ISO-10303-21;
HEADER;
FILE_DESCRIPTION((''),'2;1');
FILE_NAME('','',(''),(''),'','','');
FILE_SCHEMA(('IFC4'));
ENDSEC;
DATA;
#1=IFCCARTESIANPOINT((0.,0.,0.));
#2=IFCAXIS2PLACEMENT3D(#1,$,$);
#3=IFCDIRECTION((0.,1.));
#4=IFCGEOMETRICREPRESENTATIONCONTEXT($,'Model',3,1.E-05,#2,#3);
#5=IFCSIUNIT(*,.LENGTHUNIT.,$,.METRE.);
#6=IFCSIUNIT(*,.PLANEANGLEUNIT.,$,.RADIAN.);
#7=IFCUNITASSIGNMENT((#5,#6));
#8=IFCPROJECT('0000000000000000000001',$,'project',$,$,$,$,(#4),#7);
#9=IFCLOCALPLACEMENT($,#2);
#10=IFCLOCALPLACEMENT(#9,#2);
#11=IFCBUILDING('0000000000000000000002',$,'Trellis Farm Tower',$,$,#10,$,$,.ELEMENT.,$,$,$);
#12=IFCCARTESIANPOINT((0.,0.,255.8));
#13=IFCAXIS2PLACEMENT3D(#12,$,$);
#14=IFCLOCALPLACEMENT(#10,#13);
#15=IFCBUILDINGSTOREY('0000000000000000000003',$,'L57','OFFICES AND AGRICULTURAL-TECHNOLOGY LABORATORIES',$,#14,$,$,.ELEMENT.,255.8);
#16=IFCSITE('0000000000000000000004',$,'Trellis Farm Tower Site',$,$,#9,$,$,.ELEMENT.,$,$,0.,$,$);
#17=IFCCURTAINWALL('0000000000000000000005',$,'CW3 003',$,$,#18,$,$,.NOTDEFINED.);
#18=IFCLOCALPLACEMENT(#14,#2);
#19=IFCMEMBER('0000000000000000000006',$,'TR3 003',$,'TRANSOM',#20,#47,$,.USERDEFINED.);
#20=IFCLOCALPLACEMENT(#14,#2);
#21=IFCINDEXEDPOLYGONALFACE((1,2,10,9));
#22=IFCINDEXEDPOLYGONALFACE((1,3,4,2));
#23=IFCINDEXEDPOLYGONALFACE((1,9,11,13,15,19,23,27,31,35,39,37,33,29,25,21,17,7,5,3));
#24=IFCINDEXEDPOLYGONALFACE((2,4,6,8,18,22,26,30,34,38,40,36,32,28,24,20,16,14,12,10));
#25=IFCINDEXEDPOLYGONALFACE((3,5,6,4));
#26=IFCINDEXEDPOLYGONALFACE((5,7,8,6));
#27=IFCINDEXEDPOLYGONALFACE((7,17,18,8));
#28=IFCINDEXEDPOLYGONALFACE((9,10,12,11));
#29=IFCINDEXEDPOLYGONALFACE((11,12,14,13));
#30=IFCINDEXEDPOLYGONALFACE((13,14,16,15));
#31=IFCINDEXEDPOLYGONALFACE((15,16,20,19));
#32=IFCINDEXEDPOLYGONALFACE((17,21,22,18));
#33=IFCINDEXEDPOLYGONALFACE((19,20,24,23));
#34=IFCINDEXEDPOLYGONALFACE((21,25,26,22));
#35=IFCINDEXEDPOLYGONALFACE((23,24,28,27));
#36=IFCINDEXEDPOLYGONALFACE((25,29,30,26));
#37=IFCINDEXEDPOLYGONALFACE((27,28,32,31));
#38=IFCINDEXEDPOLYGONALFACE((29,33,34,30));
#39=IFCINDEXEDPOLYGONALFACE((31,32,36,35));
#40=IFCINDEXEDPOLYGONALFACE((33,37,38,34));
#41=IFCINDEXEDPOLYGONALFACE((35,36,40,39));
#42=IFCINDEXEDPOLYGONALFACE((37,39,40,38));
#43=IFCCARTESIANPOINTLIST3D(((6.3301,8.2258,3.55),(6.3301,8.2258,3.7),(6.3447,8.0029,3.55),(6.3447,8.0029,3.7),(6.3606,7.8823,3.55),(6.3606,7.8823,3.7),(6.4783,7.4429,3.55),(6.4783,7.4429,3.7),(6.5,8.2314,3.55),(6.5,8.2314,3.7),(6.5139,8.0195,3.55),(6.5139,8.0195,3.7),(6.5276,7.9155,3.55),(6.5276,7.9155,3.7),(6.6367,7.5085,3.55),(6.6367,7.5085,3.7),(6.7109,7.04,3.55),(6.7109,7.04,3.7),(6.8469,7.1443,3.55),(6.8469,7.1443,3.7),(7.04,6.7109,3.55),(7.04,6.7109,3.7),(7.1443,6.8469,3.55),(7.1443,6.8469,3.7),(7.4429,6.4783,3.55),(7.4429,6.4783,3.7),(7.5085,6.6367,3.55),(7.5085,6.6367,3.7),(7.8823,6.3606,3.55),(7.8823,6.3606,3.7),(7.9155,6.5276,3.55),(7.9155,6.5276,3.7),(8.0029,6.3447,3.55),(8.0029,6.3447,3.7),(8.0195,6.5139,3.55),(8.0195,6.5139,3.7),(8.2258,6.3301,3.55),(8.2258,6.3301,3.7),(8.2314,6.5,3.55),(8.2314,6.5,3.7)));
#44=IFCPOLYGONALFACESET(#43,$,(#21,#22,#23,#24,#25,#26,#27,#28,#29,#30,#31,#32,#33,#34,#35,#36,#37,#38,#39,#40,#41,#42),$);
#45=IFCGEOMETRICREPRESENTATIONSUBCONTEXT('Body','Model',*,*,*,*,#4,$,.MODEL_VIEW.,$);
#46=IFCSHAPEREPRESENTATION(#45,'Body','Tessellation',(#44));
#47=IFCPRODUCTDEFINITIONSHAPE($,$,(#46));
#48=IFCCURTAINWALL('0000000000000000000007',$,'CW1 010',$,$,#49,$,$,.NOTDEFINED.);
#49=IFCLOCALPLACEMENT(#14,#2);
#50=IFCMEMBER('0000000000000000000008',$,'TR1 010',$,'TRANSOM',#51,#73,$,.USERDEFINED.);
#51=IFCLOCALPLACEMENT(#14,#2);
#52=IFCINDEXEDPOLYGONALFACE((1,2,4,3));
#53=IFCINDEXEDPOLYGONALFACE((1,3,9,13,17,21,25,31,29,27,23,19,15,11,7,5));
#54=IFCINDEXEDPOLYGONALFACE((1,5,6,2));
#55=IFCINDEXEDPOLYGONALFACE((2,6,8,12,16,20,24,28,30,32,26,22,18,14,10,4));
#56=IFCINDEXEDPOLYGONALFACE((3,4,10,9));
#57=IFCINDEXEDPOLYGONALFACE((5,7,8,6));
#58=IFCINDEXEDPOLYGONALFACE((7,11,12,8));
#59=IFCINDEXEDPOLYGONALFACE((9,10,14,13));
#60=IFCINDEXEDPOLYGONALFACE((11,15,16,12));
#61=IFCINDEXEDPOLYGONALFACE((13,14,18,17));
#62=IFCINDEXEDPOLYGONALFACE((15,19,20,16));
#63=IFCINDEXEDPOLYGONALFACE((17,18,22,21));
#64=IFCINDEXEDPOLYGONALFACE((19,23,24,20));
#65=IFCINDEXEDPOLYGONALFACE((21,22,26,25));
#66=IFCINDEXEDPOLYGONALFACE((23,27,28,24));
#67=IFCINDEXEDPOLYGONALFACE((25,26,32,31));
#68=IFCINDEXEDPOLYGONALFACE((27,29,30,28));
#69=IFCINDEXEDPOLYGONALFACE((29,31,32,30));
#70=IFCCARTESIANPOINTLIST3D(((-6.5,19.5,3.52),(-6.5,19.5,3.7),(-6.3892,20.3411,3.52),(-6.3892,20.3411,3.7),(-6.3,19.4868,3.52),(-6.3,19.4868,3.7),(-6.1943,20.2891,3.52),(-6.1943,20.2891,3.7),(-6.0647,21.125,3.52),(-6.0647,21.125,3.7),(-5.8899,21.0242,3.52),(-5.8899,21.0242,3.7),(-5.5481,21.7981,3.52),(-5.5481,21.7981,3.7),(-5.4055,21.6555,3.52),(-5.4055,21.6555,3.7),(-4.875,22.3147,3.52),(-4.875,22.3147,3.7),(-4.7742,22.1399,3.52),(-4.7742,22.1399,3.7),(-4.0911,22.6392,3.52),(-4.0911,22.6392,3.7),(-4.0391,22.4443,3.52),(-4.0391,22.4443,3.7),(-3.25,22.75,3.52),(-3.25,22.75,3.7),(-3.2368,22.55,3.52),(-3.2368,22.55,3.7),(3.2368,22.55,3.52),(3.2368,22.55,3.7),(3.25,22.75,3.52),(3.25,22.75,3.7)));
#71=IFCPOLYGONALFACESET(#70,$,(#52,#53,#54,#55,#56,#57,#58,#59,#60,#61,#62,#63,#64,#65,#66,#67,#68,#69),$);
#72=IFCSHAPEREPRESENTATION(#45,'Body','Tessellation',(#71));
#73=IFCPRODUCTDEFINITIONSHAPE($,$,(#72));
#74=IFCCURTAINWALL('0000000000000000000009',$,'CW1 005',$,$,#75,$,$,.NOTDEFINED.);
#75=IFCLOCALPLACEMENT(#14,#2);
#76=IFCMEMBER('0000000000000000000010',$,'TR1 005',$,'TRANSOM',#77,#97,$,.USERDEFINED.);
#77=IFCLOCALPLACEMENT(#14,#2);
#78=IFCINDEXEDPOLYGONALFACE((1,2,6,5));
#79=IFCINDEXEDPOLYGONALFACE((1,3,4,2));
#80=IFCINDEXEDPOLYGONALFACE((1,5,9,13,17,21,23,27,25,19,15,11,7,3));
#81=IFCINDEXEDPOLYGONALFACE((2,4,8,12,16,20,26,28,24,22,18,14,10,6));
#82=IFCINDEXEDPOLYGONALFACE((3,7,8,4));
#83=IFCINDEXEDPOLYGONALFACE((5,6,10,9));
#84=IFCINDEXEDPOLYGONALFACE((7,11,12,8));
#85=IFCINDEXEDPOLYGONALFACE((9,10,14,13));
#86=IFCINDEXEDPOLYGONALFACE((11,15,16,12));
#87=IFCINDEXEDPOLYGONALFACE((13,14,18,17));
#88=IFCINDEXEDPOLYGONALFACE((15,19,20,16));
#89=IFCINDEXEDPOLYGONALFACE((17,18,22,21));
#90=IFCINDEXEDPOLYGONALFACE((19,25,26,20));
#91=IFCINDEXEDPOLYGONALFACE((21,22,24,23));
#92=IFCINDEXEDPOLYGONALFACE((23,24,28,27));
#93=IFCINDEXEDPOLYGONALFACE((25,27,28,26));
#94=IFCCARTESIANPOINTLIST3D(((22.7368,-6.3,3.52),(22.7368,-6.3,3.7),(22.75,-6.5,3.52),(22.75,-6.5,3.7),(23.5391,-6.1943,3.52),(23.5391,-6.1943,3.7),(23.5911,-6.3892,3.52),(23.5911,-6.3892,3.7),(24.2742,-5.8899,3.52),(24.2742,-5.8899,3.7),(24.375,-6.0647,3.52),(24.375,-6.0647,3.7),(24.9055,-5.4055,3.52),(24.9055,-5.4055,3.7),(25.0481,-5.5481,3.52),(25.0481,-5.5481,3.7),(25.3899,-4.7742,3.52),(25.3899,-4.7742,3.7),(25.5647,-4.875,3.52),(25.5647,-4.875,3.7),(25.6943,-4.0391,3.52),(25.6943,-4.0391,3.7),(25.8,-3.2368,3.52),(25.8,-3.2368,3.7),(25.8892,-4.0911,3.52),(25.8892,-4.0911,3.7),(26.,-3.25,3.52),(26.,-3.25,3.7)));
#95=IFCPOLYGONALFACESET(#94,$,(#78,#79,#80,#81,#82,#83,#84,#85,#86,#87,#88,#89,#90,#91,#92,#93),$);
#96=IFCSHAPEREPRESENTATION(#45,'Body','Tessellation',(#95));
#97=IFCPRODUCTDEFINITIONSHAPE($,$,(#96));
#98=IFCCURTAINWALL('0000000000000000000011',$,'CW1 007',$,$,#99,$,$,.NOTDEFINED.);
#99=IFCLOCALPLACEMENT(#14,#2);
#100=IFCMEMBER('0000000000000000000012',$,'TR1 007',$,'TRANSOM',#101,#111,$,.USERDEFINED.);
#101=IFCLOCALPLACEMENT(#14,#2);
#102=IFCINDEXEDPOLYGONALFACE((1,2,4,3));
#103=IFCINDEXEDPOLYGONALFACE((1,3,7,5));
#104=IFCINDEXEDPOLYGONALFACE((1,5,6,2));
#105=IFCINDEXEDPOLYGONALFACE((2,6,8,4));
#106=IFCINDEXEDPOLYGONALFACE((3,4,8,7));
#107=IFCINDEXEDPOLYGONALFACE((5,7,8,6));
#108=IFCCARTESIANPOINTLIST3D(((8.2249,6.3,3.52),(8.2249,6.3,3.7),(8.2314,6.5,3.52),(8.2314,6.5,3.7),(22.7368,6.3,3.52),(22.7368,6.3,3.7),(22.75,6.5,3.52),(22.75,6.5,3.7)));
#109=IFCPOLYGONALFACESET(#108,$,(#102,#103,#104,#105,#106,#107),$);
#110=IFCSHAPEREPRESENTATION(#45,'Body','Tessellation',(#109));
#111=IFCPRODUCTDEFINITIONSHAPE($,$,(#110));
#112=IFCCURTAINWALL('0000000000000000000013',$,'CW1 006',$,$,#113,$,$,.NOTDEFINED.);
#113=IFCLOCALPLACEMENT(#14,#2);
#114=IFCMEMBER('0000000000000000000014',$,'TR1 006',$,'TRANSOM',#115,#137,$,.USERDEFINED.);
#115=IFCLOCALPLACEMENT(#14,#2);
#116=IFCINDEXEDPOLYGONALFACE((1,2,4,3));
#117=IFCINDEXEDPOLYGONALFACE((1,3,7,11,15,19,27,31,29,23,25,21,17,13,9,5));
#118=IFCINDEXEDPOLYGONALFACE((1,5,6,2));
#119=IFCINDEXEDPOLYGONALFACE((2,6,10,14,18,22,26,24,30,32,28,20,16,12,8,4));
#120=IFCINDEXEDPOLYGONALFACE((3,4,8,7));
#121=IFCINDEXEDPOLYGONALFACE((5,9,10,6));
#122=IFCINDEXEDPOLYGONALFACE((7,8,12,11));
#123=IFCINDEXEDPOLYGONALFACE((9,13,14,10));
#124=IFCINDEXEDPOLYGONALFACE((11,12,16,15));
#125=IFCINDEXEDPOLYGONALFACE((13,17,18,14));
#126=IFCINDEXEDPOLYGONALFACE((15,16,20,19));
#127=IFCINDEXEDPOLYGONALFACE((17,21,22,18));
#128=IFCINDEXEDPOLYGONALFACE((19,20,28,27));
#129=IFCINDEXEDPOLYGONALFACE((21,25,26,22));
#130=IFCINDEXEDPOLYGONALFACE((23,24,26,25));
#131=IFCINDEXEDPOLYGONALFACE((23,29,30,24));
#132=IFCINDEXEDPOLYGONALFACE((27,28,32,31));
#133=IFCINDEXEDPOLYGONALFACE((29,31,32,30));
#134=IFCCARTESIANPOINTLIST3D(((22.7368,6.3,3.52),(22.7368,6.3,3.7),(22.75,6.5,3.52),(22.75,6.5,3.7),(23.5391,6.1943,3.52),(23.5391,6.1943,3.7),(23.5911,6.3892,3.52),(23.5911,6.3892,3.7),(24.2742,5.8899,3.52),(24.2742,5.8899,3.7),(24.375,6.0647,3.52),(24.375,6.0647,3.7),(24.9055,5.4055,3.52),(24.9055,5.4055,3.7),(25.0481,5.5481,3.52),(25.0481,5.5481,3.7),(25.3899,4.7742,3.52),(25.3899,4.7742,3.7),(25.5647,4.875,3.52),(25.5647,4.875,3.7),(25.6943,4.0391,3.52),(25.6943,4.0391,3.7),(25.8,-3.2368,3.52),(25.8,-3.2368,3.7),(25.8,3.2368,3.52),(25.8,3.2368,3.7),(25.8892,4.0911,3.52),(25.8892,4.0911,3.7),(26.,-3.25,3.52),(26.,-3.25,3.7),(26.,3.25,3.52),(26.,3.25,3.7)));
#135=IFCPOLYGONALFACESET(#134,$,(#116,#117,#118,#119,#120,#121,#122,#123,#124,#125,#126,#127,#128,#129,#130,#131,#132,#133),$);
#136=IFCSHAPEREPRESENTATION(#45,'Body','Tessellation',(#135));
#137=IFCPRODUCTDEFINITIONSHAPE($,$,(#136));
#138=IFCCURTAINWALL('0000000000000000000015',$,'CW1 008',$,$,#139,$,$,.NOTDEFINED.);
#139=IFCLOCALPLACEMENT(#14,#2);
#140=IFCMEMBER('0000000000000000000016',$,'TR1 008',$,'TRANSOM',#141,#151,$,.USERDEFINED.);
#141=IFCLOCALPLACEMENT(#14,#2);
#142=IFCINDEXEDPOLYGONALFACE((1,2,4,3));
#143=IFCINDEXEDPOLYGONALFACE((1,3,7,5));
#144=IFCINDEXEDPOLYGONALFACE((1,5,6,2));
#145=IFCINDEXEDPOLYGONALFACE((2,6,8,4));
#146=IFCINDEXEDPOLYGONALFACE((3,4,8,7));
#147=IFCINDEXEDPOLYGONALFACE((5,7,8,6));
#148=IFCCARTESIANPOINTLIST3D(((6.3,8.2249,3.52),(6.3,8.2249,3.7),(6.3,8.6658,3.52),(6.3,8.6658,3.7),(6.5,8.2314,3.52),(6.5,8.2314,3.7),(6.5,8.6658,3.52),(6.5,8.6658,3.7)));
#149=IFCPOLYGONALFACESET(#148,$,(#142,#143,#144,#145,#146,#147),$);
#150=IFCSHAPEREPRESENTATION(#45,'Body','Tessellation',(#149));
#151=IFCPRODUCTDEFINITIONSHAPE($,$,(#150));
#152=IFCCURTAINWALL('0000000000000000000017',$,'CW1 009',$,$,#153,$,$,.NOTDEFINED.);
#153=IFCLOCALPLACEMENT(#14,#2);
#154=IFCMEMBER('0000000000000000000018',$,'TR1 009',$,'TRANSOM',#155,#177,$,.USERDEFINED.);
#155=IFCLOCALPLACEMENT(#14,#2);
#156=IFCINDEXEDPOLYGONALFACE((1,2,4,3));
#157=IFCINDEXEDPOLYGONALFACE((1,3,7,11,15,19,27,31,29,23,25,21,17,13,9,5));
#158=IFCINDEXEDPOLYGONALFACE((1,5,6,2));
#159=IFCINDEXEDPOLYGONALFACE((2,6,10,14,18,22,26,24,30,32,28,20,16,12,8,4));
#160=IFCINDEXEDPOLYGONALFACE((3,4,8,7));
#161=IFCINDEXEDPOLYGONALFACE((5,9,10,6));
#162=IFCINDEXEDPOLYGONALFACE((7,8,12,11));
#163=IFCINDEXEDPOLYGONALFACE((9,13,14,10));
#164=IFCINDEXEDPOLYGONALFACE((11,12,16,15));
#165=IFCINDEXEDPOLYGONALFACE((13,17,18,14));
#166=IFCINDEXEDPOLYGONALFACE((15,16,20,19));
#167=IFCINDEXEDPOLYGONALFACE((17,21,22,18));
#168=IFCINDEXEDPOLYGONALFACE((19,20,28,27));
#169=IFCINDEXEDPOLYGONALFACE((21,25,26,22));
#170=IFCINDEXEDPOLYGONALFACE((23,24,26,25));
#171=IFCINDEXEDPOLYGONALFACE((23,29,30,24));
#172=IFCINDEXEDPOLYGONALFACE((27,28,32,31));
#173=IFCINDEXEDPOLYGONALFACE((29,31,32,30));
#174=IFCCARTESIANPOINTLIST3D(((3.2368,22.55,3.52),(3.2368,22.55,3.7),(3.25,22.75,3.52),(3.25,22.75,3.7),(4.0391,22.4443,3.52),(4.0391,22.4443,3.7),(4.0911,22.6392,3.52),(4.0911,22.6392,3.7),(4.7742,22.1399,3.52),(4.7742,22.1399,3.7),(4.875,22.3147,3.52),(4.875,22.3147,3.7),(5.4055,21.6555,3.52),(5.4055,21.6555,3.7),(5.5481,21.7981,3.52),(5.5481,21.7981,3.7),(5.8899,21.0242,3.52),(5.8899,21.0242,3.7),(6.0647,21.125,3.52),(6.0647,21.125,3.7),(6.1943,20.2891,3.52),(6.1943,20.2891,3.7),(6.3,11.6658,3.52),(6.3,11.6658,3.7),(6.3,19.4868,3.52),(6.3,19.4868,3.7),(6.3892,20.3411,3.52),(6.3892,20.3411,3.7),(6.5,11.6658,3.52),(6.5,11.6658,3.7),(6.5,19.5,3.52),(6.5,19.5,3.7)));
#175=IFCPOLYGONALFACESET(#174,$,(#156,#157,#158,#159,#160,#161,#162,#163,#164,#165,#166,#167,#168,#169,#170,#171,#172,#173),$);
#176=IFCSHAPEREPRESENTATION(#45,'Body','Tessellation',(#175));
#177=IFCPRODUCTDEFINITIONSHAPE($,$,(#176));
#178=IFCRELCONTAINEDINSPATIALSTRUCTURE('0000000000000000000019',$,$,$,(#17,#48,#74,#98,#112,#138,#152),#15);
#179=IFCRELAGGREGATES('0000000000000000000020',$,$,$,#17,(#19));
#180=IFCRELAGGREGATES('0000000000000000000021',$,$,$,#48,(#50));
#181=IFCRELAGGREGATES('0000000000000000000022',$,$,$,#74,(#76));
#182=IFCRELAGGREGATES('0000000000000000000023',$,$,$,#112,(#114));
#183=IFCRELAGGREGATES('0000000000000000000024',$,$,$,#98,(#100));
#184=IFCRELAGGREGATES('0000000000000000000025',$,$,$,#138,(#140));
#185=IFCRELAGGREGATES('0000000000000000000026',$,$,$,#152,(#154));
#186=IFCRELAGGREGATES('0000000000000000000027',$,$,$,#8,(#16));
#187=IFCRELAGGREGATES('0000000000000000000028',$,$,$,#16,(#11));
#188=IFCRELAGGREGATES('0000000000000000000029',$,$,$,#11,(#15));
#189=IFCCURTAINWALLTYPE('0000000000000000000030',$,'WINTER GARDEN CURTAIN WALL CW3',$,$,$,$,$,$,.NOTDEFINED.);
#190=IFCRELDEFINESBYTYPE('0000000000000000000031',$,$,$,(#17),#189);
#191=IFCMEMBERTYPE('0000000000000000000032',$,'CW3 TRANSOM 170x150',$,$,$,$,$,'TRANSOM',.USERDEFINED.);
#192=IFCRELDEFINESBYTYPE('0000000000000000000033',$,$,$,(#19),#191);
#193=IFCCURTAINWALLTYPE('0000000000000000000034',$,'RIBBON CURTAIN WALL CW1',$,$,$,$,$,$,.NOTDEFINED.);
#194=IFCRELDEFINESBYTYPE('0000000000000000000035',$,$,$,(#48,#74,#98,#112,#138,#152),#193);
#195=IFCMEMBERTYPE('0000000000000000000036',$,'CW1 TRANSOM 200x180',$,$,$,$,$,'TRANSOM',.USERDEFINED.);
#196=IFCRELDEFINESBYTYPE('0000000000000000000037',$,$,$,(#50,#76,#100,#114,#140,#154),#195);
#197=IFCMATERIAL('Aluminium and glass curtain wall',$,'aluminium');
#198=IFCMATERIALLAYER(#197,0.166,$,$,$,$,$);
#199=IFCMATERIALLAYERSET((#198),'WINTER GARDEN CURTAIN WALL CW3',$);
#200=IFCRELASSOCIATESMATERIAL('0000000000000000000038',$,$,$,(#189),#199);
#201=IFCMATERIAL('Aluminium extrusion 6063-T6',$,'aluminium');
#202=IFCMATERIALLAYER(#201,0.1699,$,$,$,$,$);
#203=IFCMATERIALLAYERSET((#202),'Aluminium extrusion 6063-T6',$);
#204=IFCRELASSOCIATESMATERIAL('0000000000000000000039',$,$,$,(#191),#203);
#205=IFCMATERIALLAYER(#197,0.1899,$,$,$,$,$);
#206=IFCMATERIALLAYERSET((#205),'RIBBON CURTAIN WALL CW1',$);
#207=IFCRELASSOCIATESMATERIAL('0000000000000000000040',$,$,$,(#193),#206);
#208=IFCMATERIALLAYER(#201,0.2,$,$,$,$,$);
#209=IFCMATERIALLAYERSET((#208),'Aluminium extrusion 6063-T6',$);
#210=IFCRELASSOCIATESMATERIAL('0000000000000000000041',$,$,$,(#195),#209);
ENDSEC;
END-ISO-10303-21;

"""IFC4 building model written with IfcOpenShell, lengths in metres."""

from ifc_helpers import new_model, si_unit, direction, frame, origin, place, context, subcontext, project, spatial, polyline, outline, extrude, source, transform, mapped, material, layer, layer_set, type_object, element, aggregate, save


model = new_model("IFC4")

# Units and contexts
model_context = context("Model", 3, precision=1e-05, world=origin(), true_north=direction((0.0, 1.0)))
body_context = subcontext(model_context, "Body", "Model", "MODEL_VIEW")
ifc_project = project(units=[si_unit("LENGTHUNIT", "METRE"), si_unit("PLANEANGLEUNIT", "RADIAN")], contexts=[model_context])

# Site, building, storey
site_placement = place(None, origin())
site = spatial("IfcSite", under=ifc_project, at=site_placement, Name="Trellis Farm Tower Site", CompositionType="ELEMENT", RefElevation=0.0)
building_placement = place(site_placement, origin())
building = spatial("IfcBuilding", under=site, at=building_placement, Name="Trellis Farm Tower", CompositionType="ELEMENT")
storey_placement = place(building_placement, frame((0.0, 0.0, 255.8)))
storey = spatial("IfcBuildingStorey", under=building, at=storey_placement, Name="L57", Description="OFFICES AND AGRICULTURAL-TECHNOLOGY LABORATORIES", CompositionType="ELEMENT", Elevation=255.8)

# Curtain walls, members
ifc_material_1 = material(Name="Aluminium and glass curtain wall", Category="aluminium")
ifc_layer_1 = layer(ifc_material_1, 0.166)
ifc_layer_set_1 = layer_set([ifc_layer_1], Name="WINTER GARDEN CURTAIN WALL CW3")
curtain_wall_type_1 = type_object("IfcCurtainWallType", Name="WINTER GARDEN CURTAIN WALL CW3", PredefinedType="NOTDEFINED", material=ifc_layer_set_1)
placement_1 = place(storey_placement, origin())
curtain_wall_1 = element("IfcCurtainWall", 1, at=placement_1, inside=storey, type_object=curtain_wall_type_1, Name="CW3 003", PredefinedType="NOTDEFINED")
ifc_material_2 = material(Name="Aluminium extrusion 6063-T6", Category="aluminium")
ifc_layer_2 = layer(ifc_material_2, 0.1699)
ifc_layer_set_2 = layer_set([ifc_layer_2], Name="Aluminium extrusion 6063-T6")
member_type_1 = type_object("IfcMemberType", Name="CW3 TRANSOM 170x150", ElementType="TRANSOM", PredefinedType="USERDEFINED", material=ifc_layer_set_2)
shared_shape_1 = source(origin(), body_context, "Body", "SweptSolid", [
    extrude(outline(polyline([(8.2314, 6.5), (8.0195, 6.5139), (7.9155, 6.5276), (7.5085, 6.6367), (7.1443, 6.8469), (6.8469, 7.1443), (6.6367, 7.5085), (6.5276, 7.9155), (6.5139, 8.0195), (6.5, 8.2314), (6.3301, 8.2258), (6.3447, 8.0029), (6.3606, 7.8823), (6.4783, 7.4429), (6.7109, 7.04), (7.04, 6.7109), (7.4429, 6.4783), (7.8823, 6.3606), (8.0029, 6.3447), (8.2258, 6.3301), (8.2314, 6.5)])), origin(), (0.0, 0.0, 1.0), 0.1499),
])
member_1_placement = place(storey_placement, frame((0.0, 0.0, 3.55)))
member_1 = element("IfcMember", 2, at=member_1_placement, type_object=member_type_1, Name="TR3 003", ObjectType="TRANSOM", PredefinedType="USERDEFINED", context=body_context, shape_type="MappedRepresentation", body=[
    mapped(shared_shape_1, transform((0.0, 0.0, 0.0))),
])
ifc_layer_3 = layer(ifc_material_1, 0.1899)
ifc_layer_set_3 = layer_set([ifc_layer_3], Name="RIBBON CURTAIN WALL CW1")
curtain_wall_type_2 = type_object("IfcCurtainWallType", Name="RIBBON CURTAIN WALL CW1", PredefinedType="NOTDEFINED", material=ifc_layer_set_3)
curtain_wall_2 = element("IfcCurtainWall", 3, at=placement_1, inside=storey, type_object=curtain_wall_type_2, Name="CW1 010", PredefinedType="NOTDEFINED")
ifc_layer_4 = layer(ifc_material_2, 0.2)
ifc_layer_set_4 = layer_set([ifc_layer_4], Name="Aluminium extrusion 6063-T6")
member_type_2 = type_object("IfcMemberType", Name="CW1 TRANSOM 200x180", ElementType="TRANSOM", PredefinedType="USERDEFINED", material=ifc_layer_set_4)
shared_shape_2 = source(origin(), body_context, "Body", "SweptSolid", [
    extrude(outline(polyline([(3.25, 22.75), (-3.25, 22.75), (-4.0911, 22.6392), (-4.875, 22.3147), (-5.5481, 21.7981), (-6.0647, 21.125), (-6.3892, 20.3411), (-6.5, 19.5), (-6.3, 19.4868), (-6.1943, 20.2891), (-5.8899, 21.0242), (-5.4055, 21.6555), (-4.7742, 22.1399), (-4.0391, 22.4443), (-3.2368, 22.55), (3.2368, 22.55), (3.25, 22.75)])), origin(), (0.0, 0.0, 1.0), 0.1799),
])
placement_2 = place(storey_placement, frame((0.0, 0.0, 3.52)))
member_2 = element("IfcMember", 4, at=placement_2, type_object=member_type_2, Name="TR1 010", ObjectType="TRANSOM", PredefinedType="USERDEFINED", context=body_context, shape_type="MappedRepresentation", body=[
    mapped(shared_shape_2, transform((0.0, 0.0, 0.0))),
])
curtain_wall_3 = element("IfcCurtainWall", 5, at=placement_1, inside=storey, type_object=curtain_wall_type_2, Name="CW1 005", PredefinedType="NOTDEFINED")
shared_shape_3 = source(origin(), body_context, "Body", "SweptSolid", [
    extrude(outline(polyline([(22.75, -6.5), (23.5911, -6.3892), (24.375, -6.0647), (25.0481, -5.5481), (25.5647, -4.875), (25.8892, -4.0911), (26.0, -3.25), (25.8, -3.2368), (25.6943, -4.0391), (25.3899, -4.7742), (24.9055, -5.4055), (24.2742, -5.8899), (23.5391, -6.1943), (22.7368, -6.3), (22.75, -6.5)])), origin(), (0.0, 0.0, 1.0), 0.1799),
])
member_3 = element("IfcMember", 6, at=placement_2, type_object=member_type_2, Name="TR1 005", ObjectType="TRANSOM", PredefinedType="USERDEFINED", context=body_context, shape_type="MappedRepresentation", body=[
    mapped(shared_shape_3, transform((0.0, 0.0, 0.0))),
])
curtain_wall_4 = element("IfcCurtainWall", 7, at=placement_1, inside=storey, type_object=curtain_wall_type_2, Name="CW1 007", PredefinedType="NOTDEFINED")
shared_shape_4 = source(origin(), body_context, "Body", "SweptSolid", [
    extrude(outline(polyline([(22.75, 6.5), (8.2314, 6.5), (8.2249, 6.3), (22.7368, 6.3), (22.75, 6.5)])), origin(), (0.0, 0.0, 1.0), 0.1799),
])
member_4 = element("IfcMember", 8, at=placement_2, type_object=member_type_2, Name="TR1 007", ObjectType="TRANSOM", PredefinedType="USERDEFINED", context=body_context, shape_type="MappedRepresentation", body=[
    mapped(shared_shape_4, transform((0.0, 0.0, 0.0))),
])
curtain_wall_5 = element("IfcCurtainWall", 9, at=placement_1, inside=storey, type_object=curtain_wall_type_2, Name="CW1 006", PredefinedType="NOTDEFINED")
shared_shape_5 = source(origin(), body_context, "Body", "SweptSolid", [
    extrude(outline(polyline([(26.0, -3.25), (26.0, 3.25), (25.8892, 4.0911), (25.5647, 4.875), (25.0481, 5.5481), (24.375, 6.0647), (23.5911, 6.3892), (22.75, 6.5), (22.7368, 6.3), (23.5391, 6.1943), (24.2742, 5.8899), (24.9055, 5.4055), (25.3899, 4.7742), (25.6943, 4.0391), (25.8, 3.2368), (25.8, -3.2368), (26.0, -3.25)])), origin(), (0.0, 0.0, 1.0), 0.1799),
])
member_5 = element("IfcMember", 10, at=placement_2, type_object=member_type_2, Name="TR1 006", ObjectType="TRANSOM", PredefinedType="USERDEFINED", context=body_context, shape_type="MappedRepresentation", body=[
    mapped(shared_shape_5, transform((0.0, 0.0, 0.0))),
])
curtain_wall_6 = element("IfcCurtainWall", 11, at=placement_1, inside=storey, type_object=curtain_wall_type_2, Name="CW1 008", PredefinedType="NOTDEFINED")
shared_shape_6 = source(origin(), body_context, "Body", "SweptSolid", [
    extrude(outline(polyline([(6.5, 8.2314), (6.5, 8.6658), (6.3, 8.6658), (6.3, 8.2249), (6.5, 8.2314)])), origin(), (0.0, 0.0, 1.0), 0.1799),
])
member_6 = element("IfcMember", 12, at=placement_2, type_object=member_type_2, Name="TR1 008", ObjectType="TRANSOM", PredefinedType="USERDEFINED", context=body_context, shape_type="MappedRepresentation", body=[
    mapped(shared_shape_6, transform((0.0, 0.0, 0.0))),
])
curtain_wall_7 = element("IfcCurtainWall", 13, at=placement_1, inside=storey, type_object=curtain_wall_type_2, Name="CW1 009", PredefinedType="NOTDEFINED")
shared_shape_7 = source(origin(), body_context, "Body", "SweptSolid", [
    extrude(outline(polyline([(6.5, 11.6658), (6.5, 19.5), (6.3892, 20.3411), (6.0647, 21.125), (5.5481, 21.7981), (4.875, 22.3147), (4.0911, 22.6392), (3.25, 22.75), (3.2368, 22.55), (4.0391, 22.4443), (4.7742, 22.1399), (5.4055, 21.6555), (5.8899, 21.0242), (6.1943, 20.2891), (6.3, 19.4868), (6.3, 11.6658), (6.5, 11.6658)])), origin(), (0.0, 0.0, 1.0), 0.1799),
])
member_7 = element("IfcMember", 14, at=placement_2, type_object=member_type_2, Name="TR1 009", ObjectType="TRANSOM", PredefinedType="USERDEFINED", context=body_context, shape_type="MappedRepresentation", body=[
    mapped(shared_shape_7, transform((0.0, 0.0, 0.0))),
])

aggregate(curtain_wall_1, [member_1])
aggregate(curtain_wall_2, [member_2])
aggregate(curtain_wall_3, [member_3])
aggregate(curtain_wall_5, [member_5])
aggregate(curtain_wall_4, [member_4])
aggregate(curtain_wall_6, [member_6])
aggregate(curtain_wall_7, [member_7])

save(model, "model.ifc")
